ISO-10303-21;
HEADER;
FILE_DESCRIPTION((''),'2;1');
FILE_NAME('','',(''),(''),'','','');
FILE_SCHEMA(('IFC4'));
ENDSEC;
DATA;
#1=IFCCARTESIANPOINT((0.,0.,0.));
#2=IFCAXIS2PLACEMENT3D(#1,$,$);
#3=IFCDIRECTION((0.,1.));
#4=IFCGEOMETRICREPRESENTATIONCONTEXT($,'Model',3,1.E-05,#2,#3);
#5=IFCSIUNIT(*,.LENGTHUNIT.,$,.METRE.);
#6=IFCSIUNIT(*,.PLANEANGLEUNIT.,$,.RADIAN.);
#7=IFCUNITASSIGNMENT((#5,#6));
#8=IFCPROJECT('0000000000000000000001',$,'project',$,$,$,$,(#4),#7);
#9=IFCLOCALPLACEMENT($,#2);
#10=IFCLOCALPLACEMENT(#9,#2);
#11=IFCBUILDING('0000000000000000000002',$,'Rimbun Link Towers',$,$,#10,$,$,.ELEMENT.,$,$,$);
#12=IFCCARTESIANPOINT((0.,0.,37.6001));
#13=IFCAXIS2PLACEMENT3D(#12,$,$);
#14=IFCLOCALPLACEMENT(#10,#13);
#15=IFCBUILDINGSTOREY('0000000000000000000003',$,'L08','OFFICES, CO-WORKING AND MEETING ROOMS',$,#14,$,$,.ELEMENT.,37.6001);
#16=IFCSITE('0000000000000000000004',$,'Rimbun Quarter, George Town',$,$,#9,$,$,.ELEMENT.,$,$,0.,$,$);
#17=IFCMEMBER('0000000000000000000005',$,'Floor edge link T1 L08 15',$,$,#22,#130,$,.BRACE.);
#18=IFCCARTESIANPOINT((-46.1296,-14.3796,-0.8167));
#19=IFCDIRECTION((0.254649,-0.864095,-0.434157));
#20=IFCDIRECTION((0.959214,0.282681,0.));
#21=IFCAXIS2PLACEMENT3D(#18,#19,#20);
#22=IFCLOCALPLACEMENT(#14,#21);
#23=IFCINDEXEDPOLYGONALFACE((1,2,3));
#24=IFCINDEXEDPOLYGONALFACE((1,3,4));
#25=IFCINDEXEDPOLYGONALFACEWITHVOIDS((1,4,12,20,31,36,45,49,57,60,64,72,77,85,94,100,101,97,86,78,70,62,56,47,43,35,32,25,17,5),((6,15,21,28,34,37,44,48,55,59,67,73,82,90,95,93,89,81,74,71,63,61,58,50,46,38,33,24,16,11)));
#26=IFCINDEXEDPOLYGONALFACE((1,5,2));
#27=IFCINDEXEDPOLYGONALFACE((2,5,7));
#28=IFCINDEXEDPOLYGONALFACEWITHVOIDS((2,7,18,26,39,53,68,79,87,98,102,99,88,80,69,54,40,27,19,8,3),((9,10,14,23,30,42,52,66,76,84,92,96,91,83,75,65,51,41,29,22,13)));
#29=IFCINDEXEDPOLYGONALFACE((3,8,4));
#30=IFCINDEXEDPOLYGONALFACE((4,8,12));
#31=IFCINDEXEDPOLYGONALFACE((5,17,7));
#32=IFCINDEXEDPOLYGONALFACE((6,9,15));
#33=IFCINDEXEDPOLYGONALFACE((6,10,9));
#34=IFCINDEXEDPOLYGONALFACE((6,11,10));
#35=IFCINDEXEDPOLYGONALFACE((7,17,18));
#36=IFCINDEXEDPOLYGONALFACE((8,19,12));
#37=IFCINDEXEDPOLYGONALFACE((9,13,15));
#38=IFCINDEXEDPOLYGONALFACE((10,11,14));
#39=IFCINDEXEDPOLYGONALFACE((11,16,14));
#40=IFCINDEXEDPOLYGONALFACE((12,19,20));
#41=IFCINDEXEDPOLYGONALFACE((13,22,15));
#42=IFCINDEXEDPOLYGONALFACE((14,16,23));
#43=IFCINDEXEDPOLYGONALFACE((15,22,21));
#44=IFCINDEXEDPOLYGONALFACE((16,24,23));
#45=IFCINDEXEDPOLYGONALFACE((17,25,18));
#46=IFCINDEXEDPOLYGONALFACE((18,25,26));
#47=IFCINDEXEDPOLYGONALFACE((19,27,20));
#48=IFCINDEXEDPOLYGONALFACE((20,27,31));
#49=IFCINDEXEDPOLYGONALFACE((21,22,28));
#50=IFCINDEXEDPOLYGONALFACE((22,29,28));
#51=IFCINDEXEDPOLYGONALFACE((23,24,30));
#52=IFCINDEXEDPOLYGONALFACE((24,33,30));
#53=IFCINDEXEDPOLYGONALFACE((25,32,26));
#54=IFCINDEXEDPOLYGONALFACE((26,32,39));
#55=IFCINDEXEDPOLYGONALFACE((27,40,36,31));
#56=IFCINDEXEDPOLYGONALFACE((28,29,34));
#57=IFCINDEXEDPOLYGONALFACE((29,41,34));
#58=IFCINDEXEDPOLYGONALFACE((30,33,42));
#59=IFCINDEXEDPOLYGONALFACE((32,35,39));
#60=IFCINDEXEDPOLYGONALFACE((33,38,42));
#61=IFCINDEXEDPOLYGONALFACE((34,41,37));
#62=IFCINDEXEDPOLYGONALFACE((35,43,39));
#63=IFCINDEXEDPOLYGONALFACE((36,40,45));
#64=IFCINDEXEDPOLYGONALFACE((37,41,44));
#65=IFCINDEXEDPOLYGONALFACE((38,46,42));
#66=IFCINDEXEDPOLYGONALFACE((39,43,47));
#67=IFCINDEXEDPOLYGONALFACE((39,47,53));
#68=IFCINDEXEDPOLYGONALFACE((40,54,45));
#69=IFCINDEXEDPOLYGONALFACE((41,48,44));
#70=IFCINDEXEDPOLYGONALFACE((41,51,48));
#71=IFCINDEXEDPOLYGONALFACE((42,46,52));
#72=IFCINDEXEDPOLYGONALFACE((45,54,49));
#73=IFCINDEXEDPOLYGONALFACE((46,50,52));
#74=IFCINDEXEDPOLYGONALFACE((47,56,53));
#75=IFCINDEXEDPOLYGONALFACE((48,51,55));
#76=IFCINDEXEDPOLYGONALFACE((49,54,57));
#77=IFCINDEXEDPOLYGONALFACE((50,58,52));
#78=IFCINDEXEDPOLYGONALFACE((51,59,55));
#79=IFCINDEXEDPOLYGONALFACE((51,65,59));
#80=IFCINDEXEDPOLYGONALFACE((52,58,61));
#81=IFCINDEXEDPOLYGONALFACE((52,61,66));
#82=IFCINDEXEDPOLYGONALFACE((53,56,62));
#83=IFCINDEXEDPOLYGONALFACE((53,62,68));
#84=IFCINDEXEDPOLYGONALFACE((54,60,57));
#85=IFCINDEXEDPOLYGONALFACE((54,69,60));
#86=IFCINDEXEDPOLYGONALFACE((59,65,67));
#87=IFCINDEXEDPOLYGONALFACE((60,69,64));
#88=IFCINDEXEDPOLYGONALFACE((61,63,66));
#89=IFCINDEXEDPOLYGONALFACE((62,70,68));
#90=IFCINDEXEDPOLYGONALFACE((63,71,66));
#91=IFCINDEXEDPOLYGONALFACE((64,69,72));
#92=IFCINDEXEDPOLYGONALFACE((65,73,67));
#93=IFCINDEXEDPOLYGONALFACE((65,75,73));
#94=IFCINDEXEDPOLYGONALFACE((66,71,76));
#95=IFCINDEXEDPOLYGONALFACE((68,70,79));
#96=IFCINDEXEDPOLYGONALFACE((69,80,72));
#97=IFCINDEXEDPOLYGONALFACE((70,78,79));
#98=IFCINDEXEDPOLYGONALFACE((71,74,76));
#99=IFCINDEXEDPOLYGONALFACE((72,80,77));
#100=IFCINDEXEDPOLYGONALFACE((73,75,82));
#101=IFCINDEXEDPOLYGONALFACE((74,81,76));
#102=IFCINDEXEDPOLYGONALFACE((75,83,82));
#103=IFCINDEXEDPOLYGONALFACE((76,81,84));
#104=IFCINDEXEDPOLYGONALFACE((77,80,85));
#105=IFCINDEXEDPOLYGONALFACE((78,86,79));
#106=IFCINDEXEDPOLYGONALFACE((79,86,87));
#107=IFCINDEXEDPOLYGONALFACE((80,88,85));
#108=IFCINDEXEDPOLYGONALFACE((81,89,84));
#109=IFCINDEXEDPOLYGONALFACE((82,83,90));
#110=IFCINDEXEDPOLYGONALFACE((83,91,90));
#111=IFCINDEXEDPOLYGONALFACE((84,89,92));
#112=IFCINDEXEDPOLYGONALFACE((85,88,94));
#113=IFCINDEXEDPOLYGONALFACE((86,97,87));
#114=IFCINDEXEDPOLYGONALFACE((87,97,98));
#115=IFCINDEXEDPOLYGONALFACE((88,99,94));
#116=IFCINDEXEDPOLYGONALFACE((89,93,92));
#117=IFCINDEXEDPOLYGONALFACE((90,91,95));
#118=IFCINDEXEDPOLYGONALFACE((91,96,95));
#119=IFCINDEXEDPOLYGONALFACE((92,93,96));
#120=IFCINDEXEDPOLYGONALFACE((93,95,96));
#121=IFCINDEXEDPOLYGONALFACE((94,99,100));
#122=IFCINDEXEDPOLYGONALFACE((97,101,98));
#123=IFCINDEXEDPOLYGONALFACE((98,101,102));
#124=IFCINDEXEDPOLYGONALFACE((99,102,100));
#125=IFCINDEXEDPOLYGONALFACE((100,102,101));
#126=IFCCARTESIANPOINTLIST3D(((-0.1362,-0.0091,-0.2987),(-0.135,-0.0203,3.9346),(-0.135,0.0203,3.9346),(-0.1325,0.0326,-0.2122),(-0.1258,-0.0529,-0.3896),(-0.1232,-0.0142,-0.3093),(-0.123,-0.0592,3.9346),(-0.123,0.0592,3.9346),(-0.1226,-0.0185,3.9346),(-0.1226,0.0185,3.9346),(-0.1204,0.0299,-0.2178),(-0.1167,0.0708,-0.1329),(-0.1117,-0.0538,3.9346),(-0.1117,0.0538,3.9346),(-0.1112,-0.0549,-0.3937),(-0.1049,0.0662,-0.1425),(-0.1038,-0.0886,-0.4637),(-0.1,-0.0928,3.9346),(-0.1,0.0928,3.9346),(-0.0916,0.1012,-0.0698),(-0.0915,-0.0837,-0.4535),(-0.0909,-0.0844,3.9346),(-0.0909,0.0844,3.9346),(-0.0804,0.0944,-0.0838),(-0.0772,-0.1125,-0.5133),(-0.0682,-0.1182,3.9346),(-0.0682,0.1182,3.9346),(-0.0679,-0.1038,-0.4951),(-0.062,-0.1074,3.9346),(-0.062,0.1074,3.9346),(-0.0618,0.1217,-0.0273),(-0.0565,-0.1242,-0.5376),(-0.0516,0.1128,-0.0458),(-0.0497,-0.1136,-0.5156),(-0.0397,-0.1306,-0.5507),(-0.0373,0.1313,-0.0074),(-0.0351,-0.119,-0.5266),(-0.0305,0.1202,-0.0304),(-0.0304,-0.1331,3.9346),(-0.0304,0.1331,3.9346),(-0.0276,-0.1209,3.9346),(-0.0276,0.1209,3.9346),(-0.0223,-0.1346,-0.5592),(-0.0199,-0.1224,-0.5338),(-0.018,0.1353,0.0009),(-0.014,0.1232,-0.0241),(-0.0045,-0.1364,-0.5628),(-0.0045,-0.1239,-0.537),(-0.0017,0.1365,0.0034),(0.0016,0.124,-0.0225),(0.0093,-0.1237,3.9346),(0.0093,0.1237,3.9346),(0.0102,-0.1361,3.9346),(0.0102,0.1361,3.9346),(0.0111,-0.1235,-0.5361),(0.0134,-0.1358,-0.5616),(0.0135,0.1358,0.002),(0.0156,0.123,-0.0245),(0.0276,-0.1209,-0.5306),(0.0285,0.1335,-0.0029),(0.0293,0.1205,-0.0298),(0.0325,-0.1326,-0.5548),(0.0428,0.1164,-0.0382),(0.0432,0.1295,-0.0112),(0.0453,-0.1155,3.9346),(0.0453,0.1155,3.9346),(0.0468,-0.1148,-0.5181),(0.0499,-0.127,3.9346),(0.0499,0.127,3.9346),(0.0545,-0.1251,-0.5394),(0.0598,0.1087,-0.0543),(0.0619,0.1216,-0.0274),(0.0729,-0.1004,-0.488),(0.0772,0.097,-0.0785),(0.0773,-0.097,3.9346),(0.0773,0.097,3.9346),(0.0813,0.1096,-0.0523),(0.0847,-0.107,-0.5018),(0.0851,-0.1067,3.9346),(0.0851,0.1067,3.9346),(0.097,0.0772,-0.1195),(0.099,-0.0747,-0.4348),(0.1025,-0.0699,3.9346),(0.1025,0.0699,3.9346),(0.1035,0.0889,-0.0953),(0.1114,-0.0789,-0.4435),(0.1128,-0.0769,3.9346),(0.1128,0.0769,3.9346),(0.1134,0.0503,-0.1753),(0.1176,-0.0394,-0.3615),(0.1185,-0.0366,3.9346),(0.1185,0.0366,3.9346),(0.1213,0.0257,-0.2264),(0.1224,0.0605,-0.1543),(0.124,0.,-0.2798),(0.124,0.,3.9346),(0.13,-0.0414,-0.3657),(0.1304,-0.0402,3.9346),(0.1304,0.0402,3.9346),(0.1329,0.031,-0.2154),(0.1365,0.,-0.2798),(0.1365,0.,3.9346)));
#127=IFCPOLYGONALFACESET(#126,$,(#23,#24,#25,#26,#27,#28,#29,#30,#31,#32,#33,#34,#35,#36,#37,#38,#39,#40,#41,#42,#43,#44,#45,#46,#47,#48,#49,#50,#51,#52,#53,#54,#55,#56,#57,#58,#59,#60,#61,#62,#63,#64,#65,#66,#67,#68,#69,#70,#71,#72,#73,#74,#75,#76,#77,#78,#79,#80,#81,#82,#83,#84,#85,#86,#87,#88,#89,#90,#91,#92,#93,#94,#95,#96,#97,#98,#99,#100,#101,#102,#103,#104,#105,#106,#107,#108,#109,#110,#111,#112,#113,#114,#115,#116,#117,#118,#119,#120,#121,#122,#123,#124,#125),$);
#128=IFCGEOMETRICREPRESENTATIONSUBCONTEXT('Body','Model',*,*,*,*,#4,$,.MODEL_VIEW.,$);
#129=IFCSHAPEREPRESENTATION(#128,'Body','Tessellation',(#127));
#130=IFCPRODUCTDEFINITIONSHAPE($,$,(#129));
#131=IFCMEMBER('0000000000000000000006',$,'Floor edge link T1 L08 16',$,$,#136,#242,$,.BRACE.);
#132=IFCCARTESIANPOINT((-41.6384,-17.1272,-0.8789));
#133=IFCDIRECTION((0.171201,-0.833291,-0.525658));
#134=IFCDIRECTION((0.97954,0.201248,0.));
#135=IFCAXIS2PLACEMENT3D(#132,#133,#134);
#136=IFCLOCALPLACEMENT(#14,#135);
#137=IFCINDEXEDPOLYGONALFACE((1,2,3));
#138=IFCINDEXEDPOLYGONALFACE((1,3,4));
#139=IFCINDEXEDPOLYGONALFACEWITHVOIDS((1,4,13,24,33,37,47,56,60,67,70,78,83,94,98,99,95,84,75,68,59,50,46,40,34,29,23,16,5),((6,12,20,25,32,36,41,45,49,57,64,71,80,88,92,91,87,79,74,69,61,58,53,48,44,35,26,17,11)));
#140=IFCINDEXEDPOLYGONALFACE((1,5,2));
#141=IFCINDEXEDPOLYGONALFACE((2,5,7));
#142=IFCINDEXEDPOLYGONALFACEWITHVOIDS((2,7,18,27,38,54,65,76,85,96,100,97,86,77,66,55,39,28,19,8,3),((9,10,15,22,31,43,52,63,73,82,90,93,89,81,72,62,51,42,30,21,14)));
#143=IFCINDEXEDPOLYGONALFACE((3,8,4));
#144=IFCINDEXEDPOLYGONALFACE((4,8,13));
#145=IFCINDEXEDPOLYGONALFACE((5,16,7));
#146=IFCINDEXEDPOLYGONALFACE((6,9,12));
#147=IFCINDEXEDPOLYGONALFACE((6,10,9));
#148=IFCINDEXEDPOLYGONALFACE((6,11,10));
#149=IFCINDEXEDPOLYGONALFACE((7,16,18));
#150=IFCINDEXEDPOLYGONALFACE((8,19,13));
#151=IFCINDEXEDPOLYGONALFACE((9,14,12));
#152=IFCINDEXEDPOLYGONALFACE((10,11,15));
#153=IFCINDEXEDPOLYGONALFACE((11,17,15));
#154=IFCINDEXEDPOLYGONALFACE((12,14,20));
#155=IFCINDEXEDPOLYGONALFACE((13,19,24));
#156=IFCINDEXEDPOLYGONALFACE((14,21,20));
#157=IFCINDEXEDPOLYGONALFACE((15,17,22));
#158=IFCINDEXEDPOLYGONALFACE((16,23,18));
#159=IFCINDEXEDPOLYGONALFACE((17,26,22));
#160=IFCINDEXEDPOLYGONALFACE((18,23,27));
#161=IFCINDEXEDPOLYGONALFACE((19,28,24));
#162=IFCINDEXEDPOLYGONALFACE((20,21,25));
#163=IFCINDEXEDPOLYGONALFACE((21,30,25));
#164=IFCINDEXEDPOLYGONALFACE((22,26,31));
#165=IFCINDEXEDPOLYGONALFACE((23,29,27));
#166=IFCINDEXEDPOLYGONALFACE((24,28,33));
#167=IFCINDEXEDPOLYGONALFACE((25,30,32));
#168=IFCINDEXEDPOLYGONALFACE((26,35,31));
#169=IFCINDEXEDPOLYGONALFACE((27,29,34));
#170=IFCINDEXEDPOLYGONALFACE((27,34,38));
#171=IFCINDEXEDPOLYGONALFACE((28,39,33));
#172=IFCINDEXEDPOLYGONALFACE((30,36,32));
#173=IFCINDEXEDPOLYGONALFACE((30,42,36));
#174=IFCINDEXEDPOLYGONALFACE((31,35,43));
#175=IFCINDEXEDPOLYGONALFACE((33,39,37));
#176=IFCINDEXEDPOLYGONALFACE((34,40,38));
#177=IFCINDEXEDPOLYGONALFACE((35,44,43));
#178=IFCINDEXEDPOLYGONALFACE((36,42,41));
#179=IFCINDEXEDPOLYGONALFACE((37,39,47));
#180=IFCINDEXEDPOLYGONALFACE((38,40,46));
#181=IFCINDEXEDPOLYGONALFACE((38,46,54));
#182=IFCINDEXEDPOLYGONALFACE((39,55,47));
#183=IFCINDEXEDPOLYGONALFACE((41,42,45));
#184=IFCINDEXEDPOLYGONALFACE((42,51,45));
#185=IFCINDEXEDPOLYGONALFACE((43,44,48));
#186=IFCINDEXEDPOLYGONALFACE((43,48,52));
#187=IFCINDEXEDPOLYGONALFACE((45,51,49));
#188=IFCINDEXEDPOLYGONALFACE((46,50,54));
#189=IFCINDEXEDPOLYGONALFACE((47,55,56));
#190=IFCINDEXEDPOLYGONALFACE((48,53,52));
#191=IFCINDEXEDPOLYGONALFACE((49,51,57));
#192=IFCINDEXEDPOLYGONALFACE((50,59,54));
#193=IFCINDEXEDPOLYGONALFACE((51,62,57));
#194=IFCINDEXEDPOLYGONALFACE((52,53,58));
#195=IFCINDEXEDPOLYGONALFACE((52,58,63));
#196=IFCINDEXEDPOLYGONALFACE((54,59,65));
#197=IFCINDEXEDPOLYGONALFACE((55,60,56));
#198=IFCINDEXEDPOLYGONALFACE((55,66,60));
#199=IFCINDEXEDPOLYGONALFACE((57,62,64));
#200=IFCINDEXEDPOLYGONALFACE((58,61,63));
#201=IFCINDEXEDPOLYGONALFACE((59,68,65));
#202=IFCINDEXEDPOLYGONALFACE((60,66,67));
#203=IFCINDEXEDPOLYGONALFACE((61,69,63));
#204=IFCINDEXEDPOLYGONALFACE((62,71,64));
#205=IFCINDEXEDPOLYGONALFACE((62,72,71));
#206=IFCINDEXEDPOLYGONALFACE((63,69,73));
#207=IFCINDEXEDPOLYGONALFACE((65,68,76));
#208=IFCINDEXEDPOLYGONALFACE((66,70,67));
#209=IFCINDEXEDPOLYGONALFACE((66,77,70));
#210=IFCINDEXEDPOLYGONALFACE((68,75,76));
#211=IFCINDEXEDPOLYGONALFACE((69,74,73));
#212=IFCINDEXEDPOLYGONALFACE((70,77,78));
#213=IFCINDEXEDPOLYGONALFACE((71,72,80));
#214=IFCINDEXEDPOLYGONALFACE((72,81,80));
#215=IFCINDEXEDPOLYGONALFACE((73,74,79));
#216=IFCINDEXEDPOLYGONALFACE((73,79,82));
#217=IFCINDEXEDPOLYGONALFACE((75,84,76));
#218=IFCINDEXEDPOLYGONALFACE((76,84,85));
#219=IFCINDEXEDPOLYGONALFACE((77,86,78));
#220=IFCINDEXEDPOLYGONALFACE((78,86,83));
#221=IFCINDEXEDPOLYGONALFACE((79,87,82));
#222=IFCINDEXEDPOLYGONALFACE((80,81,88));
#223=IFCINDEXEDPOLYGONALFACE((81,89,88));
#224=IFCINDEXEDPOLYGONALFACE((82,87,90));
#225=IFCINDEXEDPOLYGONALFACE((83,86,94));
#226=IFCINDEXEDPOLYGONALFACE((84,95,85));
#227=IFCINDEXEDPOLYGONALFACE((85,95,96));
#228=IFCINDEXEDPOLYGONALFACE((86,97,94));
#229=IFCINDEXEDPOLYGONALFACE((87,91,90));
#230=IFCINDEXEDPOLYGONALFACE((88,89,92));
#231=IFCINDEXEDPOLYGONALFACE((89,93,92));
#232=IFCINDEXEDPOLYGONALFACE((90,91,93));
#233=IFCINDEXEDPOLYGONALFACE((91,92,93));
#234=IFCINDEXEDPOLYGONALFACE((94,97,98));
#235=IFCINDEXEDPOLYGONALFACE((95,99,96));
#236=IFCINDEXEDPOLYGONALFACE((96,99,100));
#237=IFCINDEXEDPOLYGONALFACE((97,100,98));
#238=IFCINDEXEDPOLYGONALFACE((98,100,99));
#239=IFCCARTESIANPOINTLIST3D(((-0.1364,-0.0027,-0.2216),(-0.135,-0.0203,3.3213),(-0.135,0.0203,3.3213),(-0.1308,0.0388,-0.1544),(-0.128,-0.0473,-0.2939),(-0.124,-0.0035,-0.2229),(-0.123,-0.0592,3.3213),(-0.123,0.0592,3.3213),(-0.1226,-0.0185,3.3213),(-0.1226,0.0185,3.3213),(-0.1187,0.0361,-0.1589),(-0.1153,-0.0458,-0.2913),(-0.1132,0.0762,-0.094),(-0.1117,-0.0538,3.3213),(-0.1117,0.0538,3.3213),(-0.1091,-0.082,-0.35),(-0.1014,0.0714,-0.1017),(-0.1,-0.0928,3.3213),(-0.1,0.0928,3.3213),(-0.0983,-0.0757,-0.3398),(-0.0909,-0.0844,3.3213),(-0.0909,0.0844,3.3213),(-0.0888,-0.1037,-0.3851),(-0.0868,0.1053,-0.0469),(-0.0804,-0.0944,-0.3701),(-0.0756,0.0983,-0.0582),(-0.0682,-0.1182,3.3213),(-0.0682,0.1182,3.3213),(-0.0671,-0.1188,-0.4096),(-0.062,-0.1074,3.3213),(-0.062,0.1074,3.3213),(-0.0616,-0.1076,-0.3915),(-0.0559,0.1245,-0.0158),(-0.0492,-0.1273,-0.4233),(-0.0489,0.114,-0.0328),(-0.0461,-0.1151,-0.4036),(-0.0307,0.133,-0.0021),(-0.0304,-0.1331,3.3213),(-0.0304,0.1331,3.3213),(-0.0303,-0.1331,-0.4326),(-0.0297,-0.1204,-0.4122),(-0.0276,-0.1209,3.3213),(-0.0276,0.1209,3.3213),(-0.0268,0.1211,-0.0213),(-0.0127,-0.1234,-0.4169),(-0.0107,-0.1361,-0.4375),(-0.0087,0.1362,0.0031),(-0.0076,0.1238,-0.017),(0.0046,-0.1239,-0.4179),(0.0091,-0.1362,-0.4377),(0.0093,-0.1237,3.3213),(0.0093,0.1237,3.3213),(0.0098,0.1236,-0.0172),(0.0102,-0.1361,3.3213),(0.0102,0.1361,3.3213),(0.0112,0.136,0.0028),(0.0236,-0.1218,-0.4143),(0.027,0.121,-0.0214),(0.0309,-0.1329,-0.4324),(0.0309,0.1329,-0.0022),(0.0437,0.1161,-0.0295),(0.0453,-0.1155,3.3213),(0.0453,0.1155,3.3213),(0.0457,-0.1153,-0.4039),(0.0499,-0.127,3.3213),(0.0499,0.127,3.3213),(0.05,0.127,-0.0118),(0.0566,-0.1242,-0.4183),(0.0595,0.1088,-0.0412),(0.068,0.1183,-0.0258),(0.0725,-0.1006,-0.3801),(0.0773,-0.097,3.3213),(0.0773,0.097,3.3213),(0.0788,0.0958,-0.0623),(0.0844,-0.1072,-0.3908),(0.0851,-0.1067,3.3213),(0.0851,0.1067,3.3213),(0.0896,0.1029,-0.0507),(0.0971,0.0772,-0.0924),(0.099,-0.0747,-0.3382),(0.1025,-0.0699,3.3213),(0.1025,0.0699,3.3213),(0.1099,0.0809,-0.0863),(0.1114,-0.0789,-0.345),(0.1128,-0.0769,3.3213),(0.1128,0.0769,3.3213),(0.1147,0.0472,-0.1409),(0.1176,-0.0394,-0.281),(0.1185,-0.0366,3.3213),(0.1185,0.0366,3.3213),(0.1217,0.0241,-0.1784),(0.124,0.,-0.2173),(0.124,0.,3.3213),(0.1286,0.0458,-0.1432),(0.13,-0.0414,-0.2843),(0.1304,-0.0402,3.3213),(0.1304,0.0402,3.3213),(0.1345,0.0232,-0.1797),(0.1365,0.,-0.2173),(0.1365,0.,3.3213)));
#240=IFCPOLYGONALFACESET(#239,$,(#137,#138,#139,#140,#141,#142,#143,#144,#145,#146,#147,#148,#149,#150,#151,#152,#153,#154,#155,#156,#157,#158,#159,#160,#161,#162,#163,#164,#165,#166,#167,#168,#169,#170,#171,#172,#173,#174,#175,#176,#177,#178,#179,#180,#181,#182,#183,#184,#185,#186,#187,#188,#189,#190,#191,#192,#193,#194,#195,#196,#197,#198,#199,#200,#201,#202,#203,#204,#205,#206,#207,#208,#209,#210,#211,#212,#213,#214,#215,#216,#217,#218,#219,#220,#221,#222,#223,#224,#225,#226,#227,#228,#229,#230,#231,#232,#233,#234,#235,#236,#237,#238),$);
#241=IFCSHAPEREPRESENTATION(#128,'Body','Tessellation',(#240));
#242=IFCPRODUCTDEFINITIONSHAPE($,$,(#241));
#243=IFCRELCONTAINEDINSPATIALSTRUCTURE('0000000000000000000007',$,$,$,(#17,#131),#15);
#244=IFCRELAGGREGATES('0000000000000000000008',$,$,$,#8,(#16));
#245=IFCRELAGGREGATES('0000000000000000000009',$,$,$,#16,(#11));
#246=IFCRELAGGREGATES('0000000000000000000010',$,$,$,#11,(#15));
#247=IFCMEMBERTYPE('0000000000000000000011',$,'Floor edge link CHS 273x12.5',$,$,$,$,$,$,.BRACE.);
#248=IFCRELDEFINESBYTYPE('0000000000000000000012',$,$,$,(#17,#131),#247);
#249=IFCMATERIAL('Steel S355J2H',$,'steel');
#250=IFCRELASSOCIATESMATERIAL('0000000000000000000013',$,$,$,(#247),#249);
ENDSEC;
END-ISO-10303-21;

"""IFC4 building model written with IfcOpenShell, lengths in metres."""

from ifc_helpers import new_model, si_unit, direction, frame, origin, origin_2d, place, context, subcontext, project, spatial, hollow_circle, extrude, clip, halfspace, material, material_profile, profile_set, type_object, element, save


model = new_model("IFC4")

# Units and contexts
model_context = context("Model", 3, precision=1e-05, world=origin(), true_north=direction((0.0, 1.0)))
body_context = subcontext(model_context, "Body", "Model", "MODEL_VIEW")
ifc_project = project(units=[si_unit("LENGTHUNIT", "METRE"), si_unit("PLANEANGLEUNIT", "RADIAN")], contexts=[model_context])

# Site, building, storey
site_placement = place(None, origin())
site = spatial("IfcSite", under=ifc_project, at=site_placement, Name="Rimbun Quarter, George Town", CompositionType="ELEMENT", RefElevation=0.0)
building_placement = place(site_placement, origin())
building = spatial("IfcBuilding", under=site, at=building_placement, Name="Rimbun Link Towers", CompositionType="ELEMENT")
storey_placement = place(building_placement, frame((0.0, 0.0, 37.6001)))
storey = spatial("IfcBuildingStorey", under=building, at=storey_placement, Name="L08", Description="OFFICES, CO-WORKING AND MEETING ROOMS", CompositionType="ELEMENT", Elevation=37.6001)

# Members
ifc_material_1 = material(Name="Steel S355J2H", Category="steel")
ifc_material_profile_1 = material_profile(ifc_material_1, hollow_circle(Radius=0.1365, WallThickness=0.0125, at=origin_2d()), Name="CHS 273x12.5")
ifc_profile_set_1 = profile_set([ifc_material_profile_1], Name="Steel S355J2H")
member_type_1 = type_object("IfcMemberType", Name="Floor edge link CHS 273x12.5", PredefinedType="BRACE", material=ifc_profile_set_1)
member_1_placement = place(storey_placement, frame((-46.1296, -14.3796, -0.8167), z_axis=(0.254649, -0.864095, -0.434157), x_axis=(0.959214, 0.282681, 0.0)))
element("IfcMember", 1, at=member_1_placement, inside=storey, type_object=member_type_1, Name="Floor edge link T1 L08 15", PredefinedType="BRACE", context=body_context, shape_type="Clipping", body=[
    clip(extrude(hollow_circle(Radius=0.1365, WallThickness=0.0125, at=origin_2d()), frame((0.0, 0.0, -0.5896)), (0.0, 0.0, 1.0), 4.5242), halfspace(frame((0.0, 0.0, -0.2798), z_axis=(0.0, 0.900837, -0.434157)), False)),
])
member_2_placement = place(storey_placement, frame((-41.6384, -17.1272, -0.8789), z_axis=(0.171201, -0.833291, -0.525658), x_axis=(0.97954, 0.201248, 0.0)))
element("IfcMember", 2, at=member_2_placement, inside=storey, type_object=member_type_1, Name="Floor edge link T1 L08 16", PredefinedType="BRACE", context=body_context, shape_type="Clipping", body=[
    clip(extrude(hollow_circle(Radius=0.1365, WallThickness=0.0125, at=origin_2d()), frame((0.0, 0.0, -0.4607)), (0.0, 0.0, 1.0), 3.782), halfspace(frame((0.0, 0.0, -0.2173), z_axis=(0.0, 0.850696, -0.525658)), False)),
])

save(model, "model.ifc")
